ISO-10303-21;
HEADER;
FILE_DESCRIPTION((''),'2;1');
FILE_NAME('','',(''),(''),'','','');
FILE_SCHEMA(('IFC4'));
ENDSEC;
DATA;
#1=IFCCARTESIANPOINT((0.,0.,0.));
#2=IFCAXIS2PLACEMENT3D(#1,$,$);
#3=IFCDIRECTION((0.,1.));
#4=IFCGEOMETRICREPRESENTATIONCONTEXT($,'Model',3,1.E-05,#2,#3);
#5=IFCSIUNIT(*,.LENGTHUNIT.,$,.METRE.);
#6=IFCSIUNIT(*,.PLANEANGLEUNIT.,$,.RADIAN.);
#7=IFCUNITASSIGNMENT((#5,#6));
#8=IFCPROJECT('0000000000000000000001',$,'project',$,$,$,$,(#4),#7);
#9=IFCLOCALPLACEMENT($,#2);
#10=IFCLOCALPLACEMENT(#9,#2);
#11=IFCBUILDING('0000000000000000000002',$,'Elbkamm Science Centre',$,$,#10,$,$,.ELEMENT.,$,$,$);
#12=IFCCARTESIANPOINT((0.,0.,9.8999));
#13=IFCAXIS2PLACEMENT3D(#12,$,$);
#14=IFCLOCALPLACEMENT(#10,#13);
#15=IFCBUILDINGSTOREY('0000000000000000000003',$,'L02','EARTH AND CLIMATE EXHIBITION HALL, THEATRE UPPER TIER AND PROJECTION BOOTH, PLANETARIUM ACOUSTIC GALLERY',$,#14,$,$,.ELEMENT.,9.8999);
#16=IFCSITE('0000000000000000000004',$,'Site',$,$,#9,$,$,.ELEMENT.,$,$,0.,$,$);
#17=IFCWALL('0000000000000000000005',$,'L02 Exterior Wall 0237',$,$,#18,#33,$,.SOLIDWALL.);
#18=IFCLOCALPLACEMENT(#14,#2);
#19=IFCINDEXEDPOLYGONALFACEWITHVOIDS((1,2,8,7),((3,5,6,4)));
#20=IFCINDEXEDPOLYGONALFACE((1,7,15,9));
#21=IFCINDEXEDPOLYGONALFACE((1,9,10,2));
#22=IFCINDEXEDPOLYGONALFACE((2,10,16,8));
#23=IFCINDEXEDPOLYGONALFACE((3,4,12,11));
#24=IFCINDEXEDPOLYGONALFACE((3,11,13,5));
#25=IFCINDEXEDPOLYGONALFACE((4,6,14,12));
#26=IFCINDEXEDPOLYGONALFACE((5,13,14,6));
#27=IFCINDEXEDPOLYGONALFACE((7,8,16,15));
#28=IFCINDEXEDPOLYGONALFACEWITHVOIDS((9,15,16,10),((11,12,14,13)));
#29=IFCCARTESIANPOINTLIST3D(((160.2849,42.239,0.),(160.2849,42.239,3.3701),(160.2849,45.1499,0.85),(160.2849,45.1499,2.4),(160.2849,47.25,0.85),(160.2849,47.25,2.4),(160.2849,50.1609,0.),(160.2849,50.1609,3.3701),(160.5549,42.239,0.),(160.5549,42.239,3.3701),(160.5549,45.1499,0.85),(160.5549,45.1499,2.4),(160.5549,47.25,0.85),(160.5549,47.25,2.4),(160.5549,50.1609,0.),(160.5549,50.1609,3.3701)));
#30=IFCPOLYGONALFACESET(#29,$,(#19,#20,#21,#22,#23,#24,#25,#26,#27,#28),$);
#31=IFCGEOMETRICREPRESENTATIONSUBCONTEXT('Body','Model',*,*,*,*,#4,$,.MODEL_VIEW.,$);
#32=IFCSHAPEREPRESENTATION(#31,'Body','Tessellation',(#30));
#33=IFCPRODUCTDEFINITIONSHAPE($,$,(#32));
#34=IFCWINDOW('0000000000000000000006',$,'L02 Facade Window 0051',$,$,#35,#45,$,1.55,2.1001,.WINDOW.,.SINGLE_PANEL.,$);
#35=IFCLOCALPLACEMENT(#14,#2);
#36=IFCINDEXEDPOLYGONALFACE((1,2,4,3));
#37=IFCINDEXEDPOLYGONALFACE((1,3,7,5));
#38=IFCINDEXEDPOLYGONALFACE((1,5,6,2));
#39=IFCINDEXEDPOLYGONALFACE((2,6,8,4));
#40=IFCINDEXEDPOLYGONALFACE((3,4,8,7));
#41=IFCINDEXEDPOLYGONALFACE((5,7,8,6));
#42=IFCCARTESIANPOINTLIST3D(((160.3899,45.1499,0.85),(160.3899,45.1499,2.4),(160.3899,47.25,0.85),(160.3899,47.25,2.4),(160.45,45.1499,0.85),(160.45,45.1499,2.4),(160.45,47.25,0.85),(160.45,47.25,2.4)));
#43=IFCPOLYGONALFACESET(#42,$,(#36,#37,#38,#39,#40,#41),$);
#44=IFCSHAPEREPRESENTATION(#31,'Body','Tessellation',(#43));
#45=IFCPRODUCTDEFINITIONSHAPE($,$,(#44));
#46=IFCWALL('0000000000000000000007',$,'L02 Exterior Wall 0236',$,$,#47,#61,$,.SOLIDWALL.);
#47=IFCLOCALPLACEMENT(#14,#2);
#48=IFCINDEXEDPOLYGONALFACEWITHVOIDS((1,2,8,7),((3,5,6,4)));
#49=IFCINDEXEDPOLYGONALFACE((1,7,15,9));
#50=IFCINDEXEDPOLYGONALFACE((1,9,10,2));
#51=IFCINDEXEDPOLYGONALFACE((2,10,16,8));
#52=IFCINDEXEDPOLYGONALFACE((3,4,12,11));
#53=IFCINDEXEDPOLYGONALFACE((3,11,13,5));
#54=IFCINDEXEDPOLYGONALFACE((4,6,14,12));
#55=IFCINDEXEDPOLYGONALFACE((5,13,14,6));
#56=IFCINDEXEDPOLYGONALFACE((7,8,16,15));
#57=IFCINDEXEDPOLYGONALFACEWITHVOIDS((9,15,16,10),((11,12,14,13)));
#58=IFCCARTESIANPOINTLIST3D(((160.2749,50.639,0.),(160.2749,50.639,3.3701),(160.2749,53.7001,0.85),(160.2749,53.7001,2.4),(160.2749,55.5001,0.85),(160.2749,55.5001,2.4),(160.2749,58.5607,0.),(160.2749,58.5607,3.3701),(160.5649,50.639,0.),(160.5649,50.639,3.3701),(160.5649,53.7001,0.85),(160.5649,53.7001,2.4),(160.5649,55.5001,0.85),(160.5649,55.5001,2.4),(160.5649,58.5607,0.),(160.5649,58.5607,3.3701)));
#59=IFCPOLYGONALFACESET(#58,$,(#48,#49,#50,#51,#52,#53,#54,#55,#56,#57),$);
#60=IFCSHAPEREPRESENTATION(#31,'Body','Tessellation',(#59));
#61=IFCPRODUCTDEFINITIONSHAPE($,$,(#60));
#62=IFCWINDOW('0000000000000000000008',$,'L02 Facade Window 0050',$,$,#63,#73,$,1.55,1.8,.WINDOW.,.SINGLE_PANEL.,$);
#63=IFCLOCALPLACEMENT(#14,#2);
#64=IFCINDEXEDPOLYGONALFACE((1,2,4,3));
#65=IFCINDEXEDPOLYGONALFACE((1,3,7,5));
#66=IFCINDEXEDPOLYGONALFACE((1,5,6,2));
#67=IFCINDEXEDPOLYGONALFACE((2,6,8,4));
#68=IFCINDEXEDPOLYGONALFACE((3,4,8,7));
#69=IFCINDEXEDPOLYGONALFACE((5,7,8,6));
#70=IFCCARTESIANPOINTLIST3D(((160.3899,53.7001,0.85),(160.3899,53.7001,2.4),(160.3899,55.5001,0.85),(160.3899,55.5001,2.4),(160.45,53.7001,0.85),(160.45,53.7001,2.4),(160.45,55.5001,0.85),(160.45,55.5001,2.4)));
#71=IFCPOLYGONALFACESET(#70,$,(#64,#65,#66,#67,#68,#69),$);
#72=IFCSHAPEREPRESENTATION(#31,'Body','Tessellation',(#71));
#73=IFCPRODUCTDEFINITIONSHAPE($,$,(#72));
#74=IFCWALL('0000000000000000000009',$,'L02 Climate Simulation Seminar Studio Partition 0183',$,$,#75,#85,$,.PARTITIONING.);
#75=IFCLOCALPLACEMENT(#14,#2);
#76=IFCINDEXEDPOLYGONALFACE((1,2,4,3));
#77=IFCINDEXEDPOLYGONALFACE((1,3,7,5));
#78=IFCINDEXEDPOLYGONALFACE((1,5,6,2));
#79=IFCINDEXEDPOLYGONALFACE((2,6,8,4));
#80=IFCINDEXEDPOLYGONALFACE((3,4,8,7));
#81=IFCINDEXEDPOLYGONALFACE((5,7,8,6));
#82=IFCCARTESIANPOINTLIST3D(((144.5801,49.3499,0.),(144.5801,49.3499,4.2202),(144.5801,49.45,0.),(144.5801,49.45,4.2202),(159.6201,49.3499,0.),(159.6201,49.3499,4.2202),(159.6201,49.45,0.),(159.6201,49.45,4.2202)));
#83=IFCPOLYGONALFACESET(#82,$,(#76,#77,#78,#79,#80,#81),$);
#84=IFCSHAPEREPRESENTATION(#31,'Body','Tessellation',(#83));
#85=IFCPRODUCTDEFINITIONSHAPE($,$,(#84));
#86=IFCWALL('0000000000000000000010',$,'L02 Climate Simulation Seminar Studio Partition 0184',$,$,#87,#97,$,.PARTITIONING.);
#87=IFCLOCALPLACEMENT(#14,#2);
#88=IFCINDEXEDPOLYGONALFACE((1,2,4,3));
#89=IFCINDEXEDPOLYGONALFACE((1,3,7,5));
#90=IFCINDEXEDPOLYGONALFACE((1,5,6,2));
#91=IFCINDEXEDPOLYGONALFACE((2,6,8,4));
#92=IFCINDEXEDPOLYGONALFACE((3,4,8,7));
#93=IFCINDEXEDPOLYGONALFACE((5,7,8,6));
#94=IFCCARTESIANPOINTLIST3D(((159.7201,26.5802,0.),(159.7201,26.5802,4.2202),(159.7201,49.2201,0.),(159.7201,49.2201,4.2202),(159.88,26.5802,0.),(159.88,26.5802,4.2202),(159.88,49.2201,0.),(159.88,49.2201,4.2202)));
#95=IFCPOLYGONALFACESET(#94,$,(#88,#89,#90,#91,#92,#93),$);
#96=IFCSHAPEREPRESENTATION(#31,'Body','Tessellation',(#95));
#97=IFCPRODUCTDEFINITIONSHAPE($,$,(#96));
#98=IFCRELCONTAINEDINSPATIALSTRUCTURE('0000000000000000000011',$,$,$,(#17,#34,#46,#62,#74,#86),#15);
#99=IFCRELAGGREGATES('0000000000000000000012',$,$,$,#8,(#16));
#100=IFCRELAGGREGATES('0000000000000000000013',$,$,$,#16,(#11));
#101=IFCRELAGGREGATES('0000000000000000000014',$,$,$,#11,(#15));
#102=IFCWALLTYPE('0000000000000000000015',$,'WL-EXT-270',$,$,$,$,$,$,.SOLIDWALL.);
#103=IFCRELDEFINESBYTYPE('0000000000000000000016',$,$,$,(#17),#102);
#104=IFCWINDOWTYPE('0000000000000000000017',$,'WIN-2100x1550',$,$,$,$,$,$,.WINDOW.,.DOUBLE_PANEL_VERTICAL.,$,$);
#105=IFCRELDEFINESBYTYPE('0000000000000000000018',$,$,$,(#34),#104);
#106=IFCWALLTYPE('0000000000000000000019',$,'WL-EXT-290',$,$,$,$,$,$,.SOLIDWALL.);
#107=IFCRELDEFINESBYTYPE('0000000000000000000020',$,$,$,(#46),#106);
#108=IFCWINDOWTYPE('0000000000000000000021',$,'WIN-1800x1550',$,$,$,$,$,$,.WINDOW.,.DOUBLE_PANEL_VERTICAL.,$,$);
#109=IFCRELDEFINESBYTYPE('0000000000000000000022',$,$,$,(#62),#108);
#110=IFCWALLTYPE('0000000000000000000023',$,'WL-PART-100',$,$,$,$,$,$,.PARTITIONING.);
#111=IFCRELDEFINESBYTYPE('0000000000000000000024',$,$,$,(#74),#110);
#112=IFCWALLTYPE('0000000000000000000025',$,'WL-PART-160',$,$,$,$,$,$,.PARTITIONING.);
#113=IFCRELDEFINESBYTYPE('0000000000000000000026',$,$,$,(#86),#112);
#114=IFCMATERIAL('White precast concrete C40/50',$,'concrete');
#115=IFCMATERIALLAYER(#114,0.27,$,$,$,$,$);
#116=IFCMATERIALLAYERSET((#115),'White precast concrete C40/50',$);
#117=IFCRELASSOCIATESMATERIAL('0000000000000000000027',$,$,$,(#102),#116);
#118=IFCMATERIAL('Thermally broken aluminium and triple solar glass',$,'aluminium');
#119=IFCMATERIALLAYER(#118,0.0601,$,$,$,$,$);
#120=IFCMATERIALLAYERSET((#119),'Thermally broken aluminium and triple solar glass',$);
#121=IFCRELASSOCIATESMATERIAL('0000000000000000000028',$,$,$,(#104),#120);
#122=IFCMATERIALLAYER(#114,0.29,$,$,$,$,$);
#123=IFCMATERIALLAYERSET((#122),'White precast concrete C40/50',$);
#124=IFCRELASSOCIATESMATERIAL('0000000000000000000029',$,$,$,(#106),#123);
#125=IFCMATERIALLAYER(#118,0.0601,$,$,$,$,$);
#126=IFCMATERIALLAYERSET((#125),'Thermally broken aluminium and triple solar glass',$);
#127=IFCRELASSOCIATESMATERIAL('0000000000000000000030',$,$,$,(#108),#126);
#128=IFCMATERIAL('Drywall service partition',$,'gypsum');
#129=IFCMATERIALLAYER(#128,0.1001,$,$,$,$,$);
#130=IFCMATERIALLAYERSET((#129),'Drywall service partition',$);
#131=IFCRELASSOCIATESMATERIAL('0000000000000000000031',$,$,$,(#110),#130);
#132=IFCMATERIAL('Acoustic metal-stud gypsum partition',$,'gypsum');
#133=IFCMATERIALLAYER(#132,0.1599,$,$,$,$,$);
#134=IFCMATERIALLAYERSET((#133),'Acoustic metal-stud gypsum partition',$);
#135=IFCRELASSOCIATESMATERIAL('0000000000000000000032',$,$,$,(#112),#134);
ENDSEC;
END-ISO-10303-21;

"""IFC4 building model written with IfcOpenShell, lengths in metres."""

from ifc_helpers import new_model, si_unit, direction, frame, frame_2d, origin, place, context, subcontext, project, spatial, rectangle, extrude, material, layer, layer_set, type_object, element, fill, save


model = new_model("IFC4")

# Units and contexts
model_context = context("Model", 3, precision=1e-05, world=origin(), true_north=direction((0.0, 1.0)))
body_context = subcontext(model_context, "Body", "Model", "MODEL_VIEW")
ifc_project = project(units=[si_unit("LENGTHUNIT", "METRE"), si_unit("PLANEANGLEUNIT", "RADIAN")], contexts=[model_context])

# Site, building, storey
site_placement = place(None, origin())
site = spatial("IfcSite", under=ifc_project, at=site_placement, Name="Site", CompositionType="ELEMENT", RefElevation=0.0)
building_placement = place(site_placement, origin())
building = spatial("IfcBuilding", under=site, at=building_placement, Name="Elbkamm Science Centre", CompositionType="ELEMENT")
storey_placement = place(building_placement, frame((0.0, 0.0, 9.8999)))
storey = spatial("IfcBuildingStorey", under=building, at=storey_placement, Name="L02", Description="EARTH AND CLIMATE EXHIBITION HALL, THEATRE UPPER TIER AND PROJECTION BOOTH, PLANETARIUM ACOUSTIC GALLERY", CompositionType="ELEMENT", Elevation=9.8999)

# Walls, openings, windows
ifc_material_1 = material(Name="White precast concrete C40/50", Category="concrete")
ifc_layer_1 = layer(ifc_material_1, 0.27)
ifc_layer_set_1 = layer_set([ifc_layer_1], Name="White precast concrete C40/50")
wall_type_1 = type_object("IfcWallType", Name="WL-EXT-270", PredefinedType="SOLIDWALL", material=ifc_layer_set_1)
wall_1_placement = place(storey_placement, frame((160.4199, 50.1609, 0.0), z_axis=(0.0, 0.0, 1.0), x_axis=(0.0, -1.0, 0.0)))
wall_1 = element("IfcWall", 1, at=wall_1_placement, inside=storey, type_object=wall_type_1, Name="L02 Exterior Wall 0237", PredefinedType="SOLIDWALL", context=body_context, shape_type="SweptSolid", body=[
    extrude(rectangle(XDim=7.9219, YDim=0.27, at=frame_2d((3.9609, 0.0))), origin(), (0.0, 0.0, 1.0), 3.3701),
])
opening_1_placement = place(wall_1_placement, frame((2.9109, 0.0, 0.8501)))
opening_1 = element("IfcOpeningElement", 2, at=opening_1_placement, cuts=wall_1, PredefinedType="OPENING", context=body_context, shape_type="SweptSolid", body=[
    extrude(rectangle(XDim=2.1001, YDim=1.55, at=frame_2d((1.05, 0.7749))), frame((0.0, 0.147, 0.0), z_axis=(0.0, -1.0, 0.0), x_axis=(1.0, 0.0, 0.0)), (0.0, 0.0, 1.0), 0.2939),
])
ifc_material_2 = material(Name="Thermally broken aluminium and triple solar glass", Category="aluminium")
ifc_layer_2 = layer(ifc_material_2, 0.0601)
ifc_layer_set_2 = layer_set([ifc_layer_2], Name="Thermally broken aluminium and triple solar glass")
window_type_1 = type_object("IfcWindowType", Name="WIN-2100x1550", PartitioningType="DOUBLE_PANEL_VERTICAL", PredefinedType="WINDOW", material=ifc_layer_set_2)
window_1_placement = place(opening_1_placement, origin())
window_1 = element("IfcWindow", 3, at=window_1_placement, inside=storey, type_object=window_type_1, Name="L02 Facade Window 0051", OverallHeight=1.55, OverallWidth=2.1001, PartitioningType="SINGLE_PANEL", PredefinedType="WINDOW", context=body_context, shape_type="SweptSolid", body=[
    extrude(rectangle(XDim=2.1001, YDim=1.55, at=frame_2d((1.05, 0.7749))), frame((0.0, 0.03, 0.0), z_axis=(0.0, -1.0, 0.0), x_axis=(1.0, 0.0, 0.0)), (0.0, 0.0, 1.0), 0.0601),
])
fill(opening_1, window_1)
ifc_layer_3 = layer(ifc_material_1, 0.29)
ifc_layer_set_3 = layer_set([ifc_layer_3], Name="White precast concrete C40/50")
wall_type_2 = type_object("IfcWallType", Name="WL-EXT-290", PredefinedType="SOLIDWALL", material=ifc_layer_set_3)
wall_2_placement = place(storey_placement, frame((160.4199, 58.5608, 0.0), z_axis=(0.0, 0.0, 1.0), x_axis=(0.0, -1.0, 0.0)))
wall_2 = element("IfcWall", 4, at=wall_2_placement, inside=storey, type_object=wall_type_2, Name="L02 Exterior Wall 0236", PredefinedType="SOLIDWALL", context=body_context, shape_type="SweptSolid", body=[
    extrude(rectangle(XDim=7.9216, YDim=0.29, at=frame_2d((3.9609, 0.0))), origin(), (0.0, 0.0, 1.0), 3.3701),
])
opening_2_placement = place(wall_2_placement, frame((3.0608, 0.0, 0.8501)))
opening_2 = element("IfcOpeningElement", 5, at=opening_2_placement, cuts=wall_2, PredefinedType="OPENING", context=body_context, shape_type="SweptSolid", body=[
    extrude(rectangle(XDim=1.8, YDim=1.55, at=frame_2d((0.8999, 0.7749))), frame((0.0, 0.157, 0.0), z_axis=(0.0, -1.0, 0.0), x_axis=(1.0, 0.0, 0.0)), (0.0, 0.0, 1.0), 0.314),
])
ifc_layer_4 = layer(ifc_material_2, 0.0601)
ifc_layer_set_4 = layer_set([ifc_layer_4], Name="Thermally broken aluminium and triple solar glass")
window_type_2 = type_object("IfcWindowType", Name="WIN-1800x1550", PartitioningType="DOUBLE_PANEL_VERTICAL", PredefinedType="WINDOW", material=ifc_layer_set_4)
window_2_placement = place(opening_2_placement, origin())
window_2 = element("IfcWindow", 6, at=window_2_placement, inside=storey, type_object=window_type_2, Name="L02 Facade Window 0050", OverallHeight=1.55, OverallWidth=1.8, PartitioningType="SINGLE_PANEL", PredefinedType="WINDOW", context=body_context, shape_type="SweptSolid", body=[
    extrude(rectangle(XDim=1.8, YDim=1.55, at=frame_2d((0.8999, 0.7749))), frame((0.0, 0.03, 0.0), z_axis=(0.0, -1.0, 0.0), x_axis=(1.0, 0.0, 0.0)), (0.0, 0.0, 1.0), 0.0601),
])
fill(opening_2, window_2)

# Walls
ifc_material_3 = material(Name="Drywall service partition", Category="gypsum")
ifc_layer_5 = layer(ifc_material_3, 0.1001)
ifc_layer_set_5 = layer_set([ifc_layer_5], Name="Drywall service partition")
wall_type_3 = type_object("IfcWallType", Name="WL-PART-100", PredefinedType="PARTITIONING", material=ifc_layer_set_5)
wall_3_placement = place(storey_placement, frame((144.5801, 49.3999, 0.0), z_axis=(0.0, 0.0, 1.0), x_axis=(1.0, 0.0, 0.0)))
element("IfcWall", 7, at=wall_3_placement, inside=storey, type_object=wall_type_3, Name="L02 Climate Simulation Seminar Studio Partition 0183", PredefinedType="PARTITIONING", context=body_context, shape_type="SweptSolid", body=[
    extrude(rectangle(XDim=15.04, YDim=0.1001, at=frame_2d((7.52, 0.0))), origin(), (0.0, 0.0, 1.0), 4.2202),
])
ifc_material_4 = material(Name="Acoustic metal-stud gypsum partition", Category="gypsum")
ifc_layer_6 = layer(ifc_material_4, 0.1599)
ifc_layer_set_6 = layer_set([ifc_layer_6], Name="Acoustic metal-stud gypsum partition")
wall_type_4 = type_object("IfcWallType", Name="WL-PART-160", PredefinedType="PARTITIONING", material=ifc_layer_set_6)
wall_4_placement = place(storey_placement, frame((159.8, 49.22, 0.0), z_axis=(0.0, 0.0, 1.0), x_axis=(0.0, -1.0, 0.0)))
element("IfcWall", 8, at=wall_4_placement, inside=storey, type_object=wall_type_4, Name="L02 Climate Simulation Seminar Studio Partition 0184", PredefinedType="PARTITIONING", context=body_context, shape_type="SweptSolid", body=[
    extrude(rectangle(XDim=22.6399, YDim=0.1599, at=frame_2d((11.3198, 0.0))), origin(), (0.0, 0.0, 1.0), 4.2202),
])

save(model, "model.ifc")
